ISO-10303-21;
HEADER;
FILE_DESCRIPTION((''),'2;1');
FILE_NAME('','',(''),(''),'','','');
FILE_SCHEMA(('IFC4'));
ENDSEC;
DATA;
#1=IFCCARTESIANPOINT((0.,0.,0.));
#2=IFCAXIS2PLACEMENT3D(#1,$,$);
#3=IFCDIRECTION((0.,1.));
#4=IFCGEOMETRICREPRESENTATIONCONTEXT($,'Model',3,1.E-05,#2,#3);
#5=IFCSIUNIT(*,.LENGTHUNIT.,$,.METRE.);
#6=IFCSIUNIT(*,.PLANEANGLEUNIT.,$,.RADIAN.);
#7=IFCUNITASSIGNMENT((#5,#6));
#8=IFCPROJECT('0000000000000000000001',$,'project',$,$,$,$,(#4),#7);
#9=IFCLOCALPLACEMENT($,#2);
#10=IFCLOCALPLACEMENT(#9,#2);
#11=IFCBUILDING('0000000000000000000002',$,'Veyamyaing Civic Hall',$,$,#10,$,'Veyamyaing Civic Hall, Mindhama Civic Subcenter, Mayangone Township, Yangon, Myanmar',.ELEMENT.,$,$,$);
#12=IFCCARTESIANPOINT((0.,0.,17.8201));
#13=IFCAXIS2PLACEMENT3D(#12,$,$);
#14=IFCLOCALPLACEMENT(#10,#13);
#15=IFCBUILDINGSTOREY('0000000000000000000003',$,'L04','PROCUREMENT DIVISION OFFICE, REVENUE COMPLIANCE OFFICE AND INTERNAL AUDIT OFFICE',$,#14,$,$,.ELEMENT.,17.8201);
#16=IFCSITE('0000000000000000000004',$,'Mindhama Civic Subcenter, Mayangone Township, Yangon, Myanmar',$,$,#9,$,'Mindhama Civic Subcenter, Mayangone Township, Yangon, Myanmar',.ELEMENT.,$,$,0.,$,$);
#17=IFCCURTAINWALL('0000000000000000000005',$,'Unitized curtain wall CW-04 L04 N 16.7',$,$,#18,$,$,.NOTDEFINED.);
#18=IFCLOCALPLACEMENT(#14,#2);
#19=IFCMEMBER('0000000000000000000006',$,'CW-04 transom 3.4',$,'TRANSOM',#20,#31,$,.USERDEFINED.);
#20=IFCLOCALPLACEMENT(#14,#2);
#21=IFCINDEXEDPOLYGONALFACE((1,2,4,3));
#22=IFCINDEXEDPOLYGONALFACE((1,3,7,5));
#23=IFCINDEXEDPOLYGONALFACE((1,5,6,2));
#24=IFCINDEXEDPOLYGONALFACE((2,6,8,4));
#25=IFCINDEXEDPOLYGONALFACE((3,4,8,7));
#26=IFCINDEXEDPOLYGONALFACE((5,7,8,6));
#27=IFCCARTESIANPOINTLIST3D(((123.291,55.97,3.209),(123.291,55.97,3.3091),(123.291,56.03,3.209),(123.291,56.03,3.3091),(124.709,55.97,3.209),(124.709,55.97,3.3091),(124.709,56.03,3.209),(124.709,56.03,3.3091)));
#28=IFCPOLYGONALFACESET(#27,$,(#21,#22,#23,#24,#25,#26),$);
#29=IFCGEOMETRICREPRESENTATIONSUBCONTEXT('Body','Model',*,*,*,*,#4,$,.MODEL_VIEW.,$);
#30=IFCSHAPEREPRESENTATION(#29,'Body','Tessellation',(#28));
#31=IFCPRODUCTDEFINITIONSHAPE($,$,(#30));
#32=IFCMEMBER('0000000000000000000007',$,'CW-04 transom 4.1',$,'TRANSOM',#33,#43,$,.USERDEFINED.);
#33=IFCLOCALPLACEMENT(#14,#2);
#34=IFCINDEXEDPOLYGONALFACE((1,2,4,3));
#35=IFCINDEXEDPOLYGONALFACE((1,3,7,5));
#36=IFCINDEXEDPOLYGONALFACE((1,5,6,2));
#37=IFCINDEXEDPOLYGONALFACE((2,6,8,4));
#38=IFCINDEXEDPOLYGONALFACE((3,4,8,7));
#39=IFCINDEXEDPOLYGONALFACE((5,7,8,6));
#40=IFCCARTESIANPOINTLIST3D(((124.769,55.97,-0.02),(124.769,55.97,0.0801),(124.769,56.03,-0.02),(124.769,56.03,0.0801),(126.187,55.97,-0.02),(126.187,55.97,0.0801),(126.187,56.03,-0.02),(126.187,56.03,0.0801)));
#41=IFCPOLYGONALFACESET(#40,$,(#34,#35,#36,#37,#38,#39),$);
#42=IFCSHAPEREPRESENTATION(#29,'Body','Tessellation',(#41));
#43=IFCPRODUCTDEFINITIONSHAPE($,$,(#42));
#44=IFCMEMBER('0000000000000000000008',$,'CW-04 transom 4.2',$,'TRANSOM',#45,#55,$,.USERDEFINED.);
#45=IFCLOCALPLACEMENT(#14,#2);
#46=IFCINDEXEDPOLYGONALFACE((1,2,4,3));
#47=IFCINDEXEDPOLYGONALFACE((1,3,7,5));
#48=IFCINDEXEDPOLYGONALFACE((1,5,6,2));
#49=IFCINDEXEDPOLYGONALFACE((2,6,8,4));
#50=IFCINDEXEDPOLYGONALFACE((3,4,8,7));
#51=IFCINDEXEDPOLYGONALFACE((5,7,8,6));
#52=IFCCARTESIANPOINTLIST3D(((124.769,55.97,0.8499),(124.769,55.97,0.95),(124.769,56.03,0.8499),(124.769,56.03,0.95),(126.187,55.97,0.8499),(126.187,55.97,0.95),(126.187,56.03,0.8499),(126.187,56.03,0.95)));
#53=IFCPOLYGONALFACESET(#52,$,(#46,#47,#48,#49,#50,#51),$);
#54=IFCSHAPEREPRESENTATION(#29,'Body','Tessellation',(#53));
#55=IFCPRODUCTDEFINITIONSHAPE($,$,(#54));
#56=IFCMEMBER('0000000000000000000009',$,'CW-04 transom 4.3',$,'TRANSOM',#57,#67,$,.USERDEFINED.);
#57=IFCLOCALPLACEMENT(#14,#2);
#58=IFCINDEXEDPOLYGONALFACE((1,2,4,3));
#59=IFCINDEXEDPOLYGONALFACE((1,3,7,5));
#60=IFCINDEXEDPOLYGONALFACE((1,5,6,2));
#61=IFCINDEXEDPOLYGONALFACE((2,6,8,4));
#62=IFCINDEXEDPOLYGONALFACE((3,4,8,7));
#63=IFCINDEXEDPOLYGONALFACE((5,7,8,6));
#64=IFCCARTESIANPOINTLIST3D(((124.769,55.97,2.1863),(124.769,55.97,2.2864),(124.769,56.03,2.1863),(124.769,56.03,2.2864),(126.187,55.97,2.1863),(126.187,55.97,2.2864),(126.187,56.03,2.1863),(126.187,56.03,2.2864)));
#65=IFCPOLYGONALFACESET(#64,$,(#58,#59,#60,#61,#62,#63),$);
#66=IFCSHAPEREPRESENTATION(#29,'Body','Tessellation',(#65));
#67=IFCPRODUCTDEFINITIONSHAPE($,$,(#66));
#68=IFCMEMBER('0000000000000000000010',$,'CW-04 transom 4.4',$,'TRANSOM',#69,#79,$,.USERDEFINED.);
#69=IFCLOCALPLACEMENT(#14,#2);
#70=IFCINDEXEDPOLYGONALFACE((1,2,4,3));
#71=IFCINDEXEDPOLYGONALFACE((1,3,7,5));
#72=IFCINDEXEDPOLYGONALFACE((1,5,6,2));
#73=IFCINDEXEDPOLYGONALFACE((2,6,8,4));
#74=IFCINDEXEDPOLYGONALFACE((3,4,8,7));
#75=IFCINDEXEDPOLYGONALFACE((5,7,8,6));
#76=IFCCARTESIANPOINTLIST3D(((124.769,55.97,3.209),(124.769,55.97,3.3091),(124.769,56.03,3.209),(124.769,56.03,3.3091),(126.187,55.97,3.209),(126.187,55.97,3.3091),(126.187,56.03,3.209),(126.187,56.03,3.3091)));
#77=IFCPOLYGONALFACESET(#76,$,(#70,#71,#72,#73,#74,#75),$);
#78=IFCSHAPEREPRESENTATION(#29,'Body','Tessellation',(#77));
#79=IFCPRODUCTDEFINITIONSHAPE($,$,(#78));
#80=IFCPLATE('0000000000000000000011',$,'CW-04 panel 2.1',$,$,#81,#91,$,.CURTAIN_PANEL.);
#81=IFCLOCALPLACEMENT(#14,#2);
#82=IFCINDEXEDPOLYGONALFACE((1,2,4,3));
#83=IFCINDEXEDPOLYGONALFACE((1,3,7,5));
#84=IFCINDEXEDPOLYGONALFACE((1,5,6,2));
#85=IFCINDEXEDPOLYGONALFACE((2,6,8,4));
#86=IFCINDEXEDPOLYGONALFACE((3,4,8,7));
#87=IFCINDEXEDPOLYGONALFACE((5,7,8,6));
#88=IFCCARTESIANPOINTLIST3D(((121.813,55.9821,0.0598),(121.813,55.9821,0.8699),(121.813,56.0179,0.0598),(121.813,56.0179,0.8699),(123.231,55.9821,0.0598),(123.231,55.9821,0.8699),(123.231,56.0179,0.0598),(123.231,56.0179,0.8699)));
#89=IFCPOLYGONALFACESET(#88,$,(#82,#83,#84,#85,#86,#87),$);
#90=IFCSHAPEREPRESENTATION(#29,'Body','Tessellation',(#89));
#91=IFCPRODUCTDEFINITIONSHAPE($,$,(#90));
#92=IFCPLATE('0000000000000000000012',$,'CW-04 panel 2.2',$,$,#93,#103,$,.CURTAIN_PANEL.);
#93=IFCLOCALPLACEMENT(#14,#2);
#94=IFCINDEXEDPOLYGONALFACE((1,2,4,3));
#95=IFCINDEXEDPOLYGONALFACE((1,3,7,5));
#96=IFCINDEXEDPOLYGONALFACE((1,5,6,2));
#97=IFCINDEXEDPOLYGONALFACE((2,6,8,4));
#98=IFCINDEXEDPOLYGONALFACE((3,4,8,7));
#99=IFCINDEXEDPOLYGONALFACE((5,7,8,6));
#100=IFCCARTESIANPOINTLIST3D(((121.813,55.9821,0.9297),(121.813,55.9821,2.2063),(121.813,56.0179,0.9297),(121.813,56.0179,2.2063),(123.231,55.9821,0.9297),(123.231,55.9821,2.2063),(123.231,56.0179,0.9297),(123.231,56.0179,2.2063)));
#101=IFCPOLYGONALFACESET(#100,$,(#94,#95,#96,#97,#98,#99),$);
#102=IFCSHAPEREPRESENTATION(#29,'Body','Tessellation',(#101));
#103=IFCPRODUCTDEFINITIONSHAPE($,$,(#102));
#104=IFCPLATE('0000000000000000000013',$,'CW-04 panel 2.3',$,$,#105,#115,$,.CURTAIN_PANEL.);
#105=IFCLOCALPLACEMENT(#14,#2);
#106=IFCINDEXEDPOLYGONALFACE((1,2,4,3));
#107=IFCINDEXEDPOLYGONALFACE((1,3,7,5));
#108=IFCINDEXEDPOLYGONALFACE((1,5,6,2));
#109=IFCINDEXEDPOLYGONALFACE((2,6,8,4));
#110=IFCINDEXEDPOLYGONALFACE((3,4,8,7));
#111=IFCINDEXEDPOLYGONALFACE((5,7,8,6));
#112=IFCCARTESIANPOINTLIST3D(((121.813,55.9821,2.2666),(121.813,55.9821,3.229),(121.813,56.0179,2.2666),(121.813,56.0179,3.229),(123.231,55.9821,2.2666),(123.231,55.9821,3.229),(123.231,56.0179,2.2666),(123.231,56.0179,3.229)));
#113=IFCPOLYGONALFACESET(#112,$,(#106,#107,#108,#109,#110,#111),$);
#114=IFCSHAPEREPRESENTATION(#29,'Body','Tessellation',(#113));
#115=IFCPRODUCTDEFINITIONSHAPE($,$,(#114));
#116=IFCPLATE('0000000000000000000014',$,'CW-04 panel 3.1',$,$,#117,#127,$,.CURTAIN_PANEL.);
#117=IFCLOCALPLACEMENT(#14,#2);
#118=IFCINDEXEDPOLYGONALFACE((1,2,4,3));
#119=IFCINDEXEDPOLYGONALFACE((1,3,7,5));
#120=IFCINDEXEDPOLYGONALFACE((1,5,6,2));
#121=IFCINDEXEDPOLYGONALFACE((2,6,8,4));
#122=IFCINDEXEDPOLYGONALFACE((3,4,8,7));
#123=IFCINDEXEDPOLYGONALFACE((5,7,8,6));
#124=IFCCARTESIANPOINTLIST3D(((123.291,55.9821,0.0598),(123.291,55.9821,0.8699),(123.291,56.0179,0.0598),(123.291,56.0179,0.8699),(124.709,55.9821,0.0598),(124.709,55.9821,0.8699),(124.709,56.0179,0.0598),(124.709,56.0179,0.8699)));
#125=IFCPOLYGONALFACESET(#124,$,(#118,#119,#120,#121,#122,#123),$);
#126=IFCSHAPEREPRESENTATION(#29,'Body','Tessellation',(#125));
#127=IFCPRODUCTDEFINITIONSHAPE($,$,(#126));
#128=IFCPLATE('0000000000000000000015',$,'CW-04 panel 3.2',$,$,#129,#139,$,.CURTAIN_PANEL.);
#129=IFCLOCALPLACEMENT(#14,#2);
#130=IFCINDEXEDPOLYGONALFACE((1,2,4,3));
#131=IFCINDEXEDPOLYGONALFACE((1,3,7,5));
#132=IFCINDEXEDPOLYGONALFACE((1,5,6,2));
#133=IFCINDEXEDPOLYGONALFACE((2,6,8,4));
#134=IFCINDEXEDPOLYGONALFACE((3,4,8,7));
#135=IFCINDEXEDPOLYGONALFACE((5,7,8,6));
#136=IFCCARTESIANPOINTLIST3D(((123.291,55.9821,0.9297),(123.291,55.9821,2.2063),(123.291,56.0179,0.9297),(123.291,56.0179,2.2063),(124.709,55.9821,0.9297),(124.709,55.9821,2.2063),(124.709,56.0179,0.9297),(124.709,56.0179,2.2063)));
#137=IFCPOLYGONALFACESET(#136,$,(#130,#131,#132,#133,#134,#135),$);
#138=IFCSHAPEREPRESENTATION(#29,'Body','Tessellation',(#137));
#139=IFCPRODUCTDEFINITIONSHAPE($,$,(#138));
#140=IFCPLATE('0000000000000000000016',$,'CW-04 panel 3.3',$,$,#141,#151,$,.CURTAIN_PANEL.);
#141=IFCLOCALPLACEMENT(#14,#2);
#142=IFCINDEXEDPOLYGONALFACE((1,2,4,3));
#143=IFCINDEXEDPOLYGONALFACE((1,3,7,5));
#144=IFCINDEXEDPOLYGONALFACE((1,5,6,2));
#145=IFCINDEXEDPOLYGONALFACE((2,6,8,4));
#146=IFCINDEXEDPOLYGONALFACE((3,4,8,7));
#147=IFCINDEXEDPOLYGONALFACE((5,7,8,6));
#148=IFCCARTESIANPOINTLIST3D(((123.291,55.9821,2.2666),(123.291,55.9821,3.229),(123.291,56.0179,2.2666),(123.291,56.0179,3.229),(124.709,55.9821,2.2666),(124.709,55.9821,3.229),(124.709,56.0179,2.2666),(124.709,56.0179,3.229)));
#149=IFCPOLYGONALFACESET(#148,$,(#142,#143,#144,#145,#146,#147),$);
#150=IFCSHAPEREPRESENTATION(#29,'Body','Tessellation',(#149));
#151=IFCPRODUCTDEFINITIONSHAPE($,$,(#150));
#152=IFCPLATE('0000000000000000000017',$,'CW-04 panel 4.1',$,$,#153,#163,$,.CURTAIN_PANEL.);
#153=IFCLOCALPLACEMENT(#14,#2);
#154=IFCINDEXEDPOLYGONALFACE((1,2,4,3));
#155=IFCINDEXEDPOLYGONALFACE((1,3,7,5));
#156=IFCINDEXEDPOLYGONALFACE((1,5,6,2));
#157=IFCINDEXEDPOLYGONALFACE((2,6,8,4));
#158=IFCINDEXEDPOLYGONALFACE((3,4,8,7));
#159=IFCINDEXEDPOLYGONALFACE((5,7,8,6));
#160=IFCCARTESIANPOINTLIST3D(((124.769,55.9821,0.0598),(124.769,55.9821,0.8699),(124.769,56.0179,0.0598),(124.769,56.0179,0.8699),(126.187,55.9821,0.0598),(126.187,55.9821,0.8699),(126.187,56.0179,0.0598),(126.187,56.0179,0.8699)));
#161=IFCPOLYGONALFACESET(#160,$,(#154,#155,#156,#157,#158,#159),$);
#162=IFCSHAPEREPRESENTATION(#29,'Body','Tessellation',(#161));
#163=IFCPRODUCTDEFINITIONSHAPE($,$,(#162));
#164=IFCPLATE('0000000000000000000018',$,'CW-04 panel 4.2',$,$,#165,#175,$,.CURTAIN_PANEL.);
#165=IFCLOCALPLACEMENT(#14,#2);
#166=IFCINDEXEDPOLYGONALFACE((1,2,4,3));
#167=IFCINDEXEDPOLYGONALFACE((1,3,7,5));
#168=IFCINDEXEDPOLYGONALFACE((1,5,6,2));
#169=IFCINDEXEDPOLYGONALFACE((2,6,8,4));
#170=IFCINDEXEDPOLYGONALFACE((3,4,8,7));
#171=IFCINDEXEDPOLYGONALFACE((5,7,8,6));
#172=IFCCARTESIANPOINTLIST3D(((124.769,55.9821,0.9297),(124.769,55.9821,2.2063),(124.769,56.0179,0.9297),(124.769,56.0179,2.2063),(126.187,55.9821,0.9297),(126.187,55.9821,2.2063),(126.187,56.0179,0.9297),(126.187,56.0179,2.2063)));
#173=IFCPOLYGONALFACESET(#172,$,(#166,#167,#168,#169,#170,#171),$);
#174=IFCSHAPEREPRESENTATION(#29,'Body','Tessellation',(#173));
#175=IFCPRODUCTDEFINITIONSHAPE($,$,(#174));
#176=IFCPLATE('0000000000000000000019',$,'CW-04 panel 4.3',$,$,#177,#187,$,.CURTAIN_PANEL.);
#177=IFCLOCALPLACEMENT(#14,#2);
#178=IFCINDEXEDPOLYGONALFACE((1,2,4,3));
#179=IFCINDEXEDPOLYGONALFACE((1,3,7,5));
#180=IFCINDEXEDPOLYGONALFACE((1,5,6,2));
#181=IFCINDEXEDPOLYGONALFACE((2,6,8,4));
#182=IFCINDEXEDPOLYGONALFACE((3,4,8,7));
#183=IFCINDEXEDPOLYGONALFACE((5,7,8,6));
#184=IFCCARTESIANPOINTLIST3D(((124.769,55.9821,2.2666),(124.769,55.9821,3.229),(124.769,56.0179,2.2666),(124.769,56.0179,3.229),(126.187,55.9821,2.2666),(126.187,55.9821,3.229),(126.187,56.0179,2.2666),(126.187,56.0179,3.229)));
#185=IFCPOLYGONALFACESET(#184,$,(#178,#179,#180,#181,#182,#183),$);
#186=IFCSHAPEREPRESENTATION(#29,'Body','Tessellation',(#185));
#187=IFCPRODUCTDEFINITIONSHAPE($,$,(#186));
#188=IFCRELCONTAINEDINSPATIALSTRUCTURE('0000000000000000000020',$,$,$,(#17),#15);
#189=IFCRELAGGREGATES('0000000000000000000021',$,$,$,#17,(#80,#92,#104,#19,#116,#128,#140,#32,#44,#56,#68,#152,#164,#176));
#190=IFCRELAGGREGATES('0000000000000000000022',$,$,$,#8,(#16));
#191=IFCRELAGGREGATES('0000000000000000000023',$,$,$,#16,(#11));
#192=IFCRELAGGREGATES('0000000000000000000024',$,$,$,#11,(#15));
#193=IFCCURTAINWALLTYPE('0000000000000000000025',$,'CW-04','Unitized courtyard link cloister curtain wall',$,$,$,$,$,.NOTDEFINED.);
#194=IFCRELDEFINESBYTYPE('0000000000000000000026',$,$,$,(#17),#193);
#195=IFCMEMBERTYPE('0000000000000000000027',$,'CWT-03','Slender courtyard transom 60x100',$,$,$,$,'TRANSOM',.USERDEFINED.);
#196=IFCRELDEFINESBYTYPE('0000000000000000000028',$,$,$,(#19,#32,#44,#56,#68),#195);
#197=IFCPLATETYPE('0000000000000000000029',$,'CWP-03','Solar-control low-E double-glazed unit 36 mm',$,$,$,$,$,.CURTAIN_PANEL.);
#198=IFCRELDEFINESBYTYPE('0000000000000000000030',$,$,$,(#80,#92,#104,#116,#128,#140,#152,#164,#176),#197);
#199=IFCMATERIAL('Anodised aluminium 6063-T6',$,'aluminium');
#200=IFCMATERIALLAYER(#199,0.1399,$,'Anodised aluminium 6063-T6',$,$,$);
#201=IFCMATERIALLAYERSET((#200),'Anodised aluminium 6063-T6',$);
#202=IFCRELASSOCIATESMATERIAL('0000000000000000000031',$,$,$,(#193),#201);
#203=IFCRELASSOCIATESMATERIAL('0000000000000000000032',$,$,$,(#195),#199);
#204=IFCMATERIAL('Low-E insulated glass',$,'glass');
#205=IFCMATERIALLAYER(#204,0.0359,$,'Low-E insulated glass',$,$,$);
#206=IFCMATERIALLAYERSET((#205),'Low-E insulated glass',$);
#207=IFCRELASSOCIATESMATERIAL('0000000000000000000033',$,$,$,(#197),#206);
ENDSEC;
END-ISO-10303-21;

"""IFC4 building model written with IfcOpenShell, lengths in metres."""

from ifc_helpers import new_model, si_unit, direction, frame, origin, origin_2d, place, context, subcontext, project, spatial, rectangle, extrude, material, layer, layer_set, material_profile, profile_set, type_object, element, aggregate, save


model = new_model("IFC4")

# Units and contexts
model_context = context("Model", 3, precision=1e-05, world=origin(), true_north=direction((0.0, 1.0)))
body_context = subcontext(model_context, "Body", "Model", "MODEL_VIEW")
ifc_project = project(units=[si_unit("LENGTHUNIT", "METRE"), si_unit("PLANEANGLEUNIT", "RADIAN")], contexts=[model_context])

# Site, building, storey
site_placement = place(None, origin())
site = spatial("IfcSite", under=ifc_project, at=site_placement, Name="Mindhama Civic Subcenter, Mayangone Township, Yangon, Myanmar", LongName="Mindhama Civic Subcenter, Mayangone Township, Yangon, Myanmar", CompositionType="ELEMENT", RefElevation=0.0)
building_placement = place(site_placement, origin())
building = spatial("IfcBuilding", under=site, at=building_placement, Name="Veyamyaing Civic Hall", LongName="Veyamyaing Civic Hall, Mindhama Civic Subcenter, Mayangone Township, Yangon, Myanmar", CompositionType="ELEMENT")
storey_placement = place(building_placement, frame((0.0, 0.0, 17.8201)))
storey = spatial("IfcBuildingStorey", under=building, at=storey_placement, Name="L04", Description="PROCUREMENT DIVISION OFFICE, REVENUE COMPLIANCE OFFICE AND INTERNAL AUDIT OFFICE", CompositionType="ELEMENT", Elevation=17.8201)

# Curtain wall
ifc_material_1 = material(Name="Anodised aluminium 6063-T6", Category="aluminium")
ifc_layer_1 = layer(ifc_material_1, 0.1399, Name="Anodised aluminium 6063-T6")
ifc_layer_set_1 = layer_set([ifc_layer_1], Name="Anodised aluminium 6063-T6")
curtain_wall_type = type_object("IfcCurtainWallType", Name="CW-04", Description="Unitized courtyard link cloister curtain wall", PredefinedType="NOTDEFINED", material=ifc_layer_set_1)
curtain_wall_1_placement = place(storey_placement, origin())
curtain_wall_1 = element("IfcCurtainWall", 1, at=curtain_wall_1_placement, inside=storey, type_object=curtain_wall_type, Name="Unitized curtain wall CW-04 L04 N 16.7", PredefinedType="NOTDEFINED")
ifc_material_profile_1 = material_profile(ifc_material_1, rectangle(XDim=0.0601, YDim=0.1001, at=origin_2d()), Name="ALU-TRN-60X100")
ifc_profile_set_1 = profile_set([ifc_material_profile_1], Name="Anodised aluminium 6063-T6")
member_type_1 = type_object("IfcMemberType", Name="CWT-03", Description="Slender courtyard transom 60x100", ElementType="TRANSOM", PredefinedType="USERDEFINED", material=ifc_profile_set_1)

# Members
member_1_placement = place(storey_placement, frame((123.291, 56.0, 3.259), z_axis=(1.0, 0.0, 0.0), x_axis=(0.0, 1.0, 0.0)))
member_1 = element("IfcMember", 2, at=member_1_placement, type_object=member_type_1, Name="CW-04 transom 3.4", ObjectType="TRANSOM", PredefinedType="USERDEFINED", context=body_context, shape_type="SweptSolid", body=[
    extrude(rectangle(XDim=0.0601, YDim=0.1001, at=origin_2d()), origin(), (0.0, 0.0, 1.0), 1.418),
])
member_2_placement = place(storey_placement, frame((124.769, 56.0, 0.03), z_axis=(1.0, 0.0, 0.0), x_axis=(0.0, 1.0, 0.0)))
member_2 = element("IfcMember", 3, at=member_2_placement, type_object=member_type_1, Name="CW-04 transom 4.1", ObjectType="TRANSOM", PredefinedType="USERDEFINED", context=body_context, shape_type="SweptSolid", body=[
    extrude(rectangle(XDim=0.0601, YDim=0.1001, at=origin_2d()), origin(), (0.0, 0.0, 1.0), 1.418),
])
member_3_placement = place(storey_placement, frame((124.769, 56.0, 0.8999), z_axis=(1.0, 0.0, 0.0), x_axis=(0.0, 1.0, 0.0)))
member_3 = element("IfcMember", 4, at=member_3_placement, type_object=member_type_1, Name="CW-04 transom 4.2", ObjectType="TRANSOM", PredefinedType="USERDEFINED", context=body_context, shape_type="SweptSolid", body=[
    extrude(rectangle(XDim=0.0601, YDim=0.1001, at=origin_2d()), origin(), (0.0, 0.0, 1.0), 1.418),
])
member_4_placement = place(storey_placement, frame((124.769, 56.0, 2.2363), z_axis=(1.0, 0.0, 0.0), x_axis=(0.0, 1.0, 0.0)))
member_4 = element("IfcMember", 5, at=member_4_placement, type_object=member_type_1, Name="CW-04 transom 4.3", ObjectType="TRANSOM", PredefinedType="USERDEFINED", context=body_context, shape_type="SweptSolid", body=[
    extrude(rectangle(XDim=0.0601, YDim=0.1001, at=origin_2d()), origin(), (0.0, 0.0, 1.0), 1.418),
])
member_5_placement = place(storey_placement, frame((124.769, 56.0, 3.259), z_axis=(1.0, 0.0, 0.0), x_axis=(0.0, 1.0, 0.0)))
member_5 = element("IfcMember", 6, at=member_5_placement, type_object=member_type_1, Name="CW-04 transom 4.4", ObjectType="TRANSOM", PredefinedType="USERDEFINED", context=body_context, shape_type="SweptSolid", body=[
    extrude(rectangle(XDim=0.0601, YDim=0.1001, at=origin_2d()), origin(), (0.0, 0.0, 1.0), 1.418),
])

# Plates
ifc_material_2 = material(Name="Low-E insulated glass", Category="glass")
ifc_layer_2 = layer(ifc_material_2, 0.0359, Name="Low-E insulated glass")
ifc_layer_set_2 = layer_set([ifc_layer_2], Name="Low-E insulated glass")
plate_type = type_object("IfcPlateType", Name="CWP-03", Description="Solar-control low-E double-glazed unit 36 mm", PredefinedType="CURTAIN_PANEL", material=ifc_layer_set_2)
plate_1_placement = place(storey_placement, frame((122.522, 56.0, 0.0598), z_axis=(0.0, 0.0, 1.0), x_axis=(1.0, 0.0, 0.0)))
plate_1 = element("IfcPlate", 7, at=plate_1_placement, type_object=plate_type, Name="CW-04 panel 2.1", PredefinedType="CURTAIN_PANEL", context=body_context, shape_type="SweptSolid", body=[
    extrude(rectangle(XDim=1.418, YDim=0.0359, at=origin_2d()), origin(), (0.0, 0.0, 1.0), 0.8101),
])
plate_2_placement = place(storey_placement, frame((122.522, 56.0, 0.9297), z_axis=(0.0, 0.0, 1.0), x_axis=(1.0, 0.0, 0.0)))
plate_2 = element("IfcPlate", 8, at=plate_2_placement, type_object=plate_type, Name="CW-04 panel 2.2", PredefinedType="CURTAIN_PANEL", context=body_context, shape_type="SweptSolid", body=[
    extrude(rectangle(XDim=1.418, YDim=0.0359, at=origin_2d()), origin(), (0.0, 0.0, 1.0), 1.2766),
])
plate_3_placement = place(storey_placement, frame((122.522, 56.0, 2.2666), z_axis=(0.0, 0.0, 1.0), x_axis=(1.0, 0.0, 0.0)))
plate_3 = element("IfcPlate", 9, at=plate_3_placement, type_object=plate_type, Name="CW-04 panel 2.3", PredefinedType="CURTAIN_PANEL", context=body_context, shape_type="SweptSolid", body=[
    extrude(rectangle(XDim=1.418, YDim=0.0359, at=origin_2d()), origin(), (0.0, 0.0, 1.0), 0.9624),
])
plate_4_placement = place(storey_placement, frame((124.0, 56.0, 0.0598), z_axis=(0.0, 0.0, 1.0), x_axis=(1.0, 0.0, 0.0)))
plate_4 = element("IfcPlate", 10, at=plate_4_placement, type_object=plate_type, Name="CW-04 panel 3.1", PredefinedType="CURTAIN_PANEL", context=body_context, shape_type="SweptSolid", body=[
    extrude(rectangle(XDim=1.418, YDim=0.0359, at=origin_2d()), origin(), (0.0, 0.0, 1.0), 0.8101),
])
plate_5_placement = place(storey_placement, frame((124.0, 56.0, 0.9297), z_axis=(0.0, 0.0, 1.0), x_axis=(1.0, 0.0, 0.0)))
plate_5 = element("IfcPlate", 11, at=plate_5_placement, type_object=plate_type, Name="CW-04 panel 3.2", PredefinedType="CURTAIN_PANEL", context=body_context, shape_type="SweptSolid", body=[
    extrude(rectangle(XDim=1.418, YDim=0.0359, at=origin_2d()), origin(), (0.0, 0.0, 1.0), 1.2766),
])
plate_6_placement = place(storey_placement, frame((124.0, 56.0, 2.2666), z_axis=(0.0, 0.0, 1.0), x_axis=(1.0, 0.0, 0.0)))
plate_6 = element("IfcPlate", 12, at=plate_6_placement, type_object=plate_type, Name="CW-04 panel 3.3", PredefinedType="CURTAIN_PANEL", context=body_context, shape_type="SweptSolid", body=[
    extrude(rectangle(XDim=1.418, YDim=0.0359, at=origin_2d()), origin(), (0.0, 0.0, 1.0), 0.9624),
])
plate_7_placement = place(storey_placement, frame((125.478, 56.0, 0.0598), z_axis=(0.0, 0.0, 1.0), x_axis=(1.0, 0.0, 0.0)))
plate_7 = element("IfcPlate", 13, at=plate_7_placement, type_object=plate_type, Name="CW-04 panel 4.1", PredefinedType="CURTAIN_PANEL", context=body_context, shape_type="SweptSolid", body=[
    extrude(rectangle(XDim=1.418, YDim=0.0359, at=origin_2d()), origin(), (0.0, 0.0, 1.0), 0.8101),
])
plate_8_placement = place(storey_placement, frame((125.478, 56.0, 0.9297), z_axis=(0.0, 0.0, 1.0), x_axis=(1.0, 0.0, 0.0)))
plate_8 = element("IfcPlate", 14, at=plate_8_placement, type_object=plate_type, Name="CW-04 panel 4.2", PredefinedType="CURTAIN_PANEL", context=body_context, shape_type="SweptSolid", body=[
    extrude(rectangle(XDim=1.418, YDim=0.0359, at=origin_2d()), origin(), (0.0, 0.0, 1.0), 1.2766),
])
plate_9_placement = place(storey_placement, frame((125.478, 56.0, 2.2666), z_axis=(0.0, 0.0, 1.0), x_axis=(1.0, 0.0, 0.0)))
plate_9 = element("IfcPlate", 15, at=plate_9_placement, type_object=plate_type, Name="CW-04 panel 4.3", PredefinedType="CURTAIN_PANEL", context=body_context, shape_type="SweptSolid", body=[
    extrude(rectangle(XDim=1.418, YDim=0.0359, at=origin_2d()), origin(), (0.0, 0.0, 1.0), 0.9624),
])
aggregate(curtain_wall_1, [plate_1, plate_2, plate_3, member_1, plate_4, plate_5, plate_6, member_2, member_3, member_4, member_5, plate_7, plate_8, plate_9])

save(model, "model.ifc")
